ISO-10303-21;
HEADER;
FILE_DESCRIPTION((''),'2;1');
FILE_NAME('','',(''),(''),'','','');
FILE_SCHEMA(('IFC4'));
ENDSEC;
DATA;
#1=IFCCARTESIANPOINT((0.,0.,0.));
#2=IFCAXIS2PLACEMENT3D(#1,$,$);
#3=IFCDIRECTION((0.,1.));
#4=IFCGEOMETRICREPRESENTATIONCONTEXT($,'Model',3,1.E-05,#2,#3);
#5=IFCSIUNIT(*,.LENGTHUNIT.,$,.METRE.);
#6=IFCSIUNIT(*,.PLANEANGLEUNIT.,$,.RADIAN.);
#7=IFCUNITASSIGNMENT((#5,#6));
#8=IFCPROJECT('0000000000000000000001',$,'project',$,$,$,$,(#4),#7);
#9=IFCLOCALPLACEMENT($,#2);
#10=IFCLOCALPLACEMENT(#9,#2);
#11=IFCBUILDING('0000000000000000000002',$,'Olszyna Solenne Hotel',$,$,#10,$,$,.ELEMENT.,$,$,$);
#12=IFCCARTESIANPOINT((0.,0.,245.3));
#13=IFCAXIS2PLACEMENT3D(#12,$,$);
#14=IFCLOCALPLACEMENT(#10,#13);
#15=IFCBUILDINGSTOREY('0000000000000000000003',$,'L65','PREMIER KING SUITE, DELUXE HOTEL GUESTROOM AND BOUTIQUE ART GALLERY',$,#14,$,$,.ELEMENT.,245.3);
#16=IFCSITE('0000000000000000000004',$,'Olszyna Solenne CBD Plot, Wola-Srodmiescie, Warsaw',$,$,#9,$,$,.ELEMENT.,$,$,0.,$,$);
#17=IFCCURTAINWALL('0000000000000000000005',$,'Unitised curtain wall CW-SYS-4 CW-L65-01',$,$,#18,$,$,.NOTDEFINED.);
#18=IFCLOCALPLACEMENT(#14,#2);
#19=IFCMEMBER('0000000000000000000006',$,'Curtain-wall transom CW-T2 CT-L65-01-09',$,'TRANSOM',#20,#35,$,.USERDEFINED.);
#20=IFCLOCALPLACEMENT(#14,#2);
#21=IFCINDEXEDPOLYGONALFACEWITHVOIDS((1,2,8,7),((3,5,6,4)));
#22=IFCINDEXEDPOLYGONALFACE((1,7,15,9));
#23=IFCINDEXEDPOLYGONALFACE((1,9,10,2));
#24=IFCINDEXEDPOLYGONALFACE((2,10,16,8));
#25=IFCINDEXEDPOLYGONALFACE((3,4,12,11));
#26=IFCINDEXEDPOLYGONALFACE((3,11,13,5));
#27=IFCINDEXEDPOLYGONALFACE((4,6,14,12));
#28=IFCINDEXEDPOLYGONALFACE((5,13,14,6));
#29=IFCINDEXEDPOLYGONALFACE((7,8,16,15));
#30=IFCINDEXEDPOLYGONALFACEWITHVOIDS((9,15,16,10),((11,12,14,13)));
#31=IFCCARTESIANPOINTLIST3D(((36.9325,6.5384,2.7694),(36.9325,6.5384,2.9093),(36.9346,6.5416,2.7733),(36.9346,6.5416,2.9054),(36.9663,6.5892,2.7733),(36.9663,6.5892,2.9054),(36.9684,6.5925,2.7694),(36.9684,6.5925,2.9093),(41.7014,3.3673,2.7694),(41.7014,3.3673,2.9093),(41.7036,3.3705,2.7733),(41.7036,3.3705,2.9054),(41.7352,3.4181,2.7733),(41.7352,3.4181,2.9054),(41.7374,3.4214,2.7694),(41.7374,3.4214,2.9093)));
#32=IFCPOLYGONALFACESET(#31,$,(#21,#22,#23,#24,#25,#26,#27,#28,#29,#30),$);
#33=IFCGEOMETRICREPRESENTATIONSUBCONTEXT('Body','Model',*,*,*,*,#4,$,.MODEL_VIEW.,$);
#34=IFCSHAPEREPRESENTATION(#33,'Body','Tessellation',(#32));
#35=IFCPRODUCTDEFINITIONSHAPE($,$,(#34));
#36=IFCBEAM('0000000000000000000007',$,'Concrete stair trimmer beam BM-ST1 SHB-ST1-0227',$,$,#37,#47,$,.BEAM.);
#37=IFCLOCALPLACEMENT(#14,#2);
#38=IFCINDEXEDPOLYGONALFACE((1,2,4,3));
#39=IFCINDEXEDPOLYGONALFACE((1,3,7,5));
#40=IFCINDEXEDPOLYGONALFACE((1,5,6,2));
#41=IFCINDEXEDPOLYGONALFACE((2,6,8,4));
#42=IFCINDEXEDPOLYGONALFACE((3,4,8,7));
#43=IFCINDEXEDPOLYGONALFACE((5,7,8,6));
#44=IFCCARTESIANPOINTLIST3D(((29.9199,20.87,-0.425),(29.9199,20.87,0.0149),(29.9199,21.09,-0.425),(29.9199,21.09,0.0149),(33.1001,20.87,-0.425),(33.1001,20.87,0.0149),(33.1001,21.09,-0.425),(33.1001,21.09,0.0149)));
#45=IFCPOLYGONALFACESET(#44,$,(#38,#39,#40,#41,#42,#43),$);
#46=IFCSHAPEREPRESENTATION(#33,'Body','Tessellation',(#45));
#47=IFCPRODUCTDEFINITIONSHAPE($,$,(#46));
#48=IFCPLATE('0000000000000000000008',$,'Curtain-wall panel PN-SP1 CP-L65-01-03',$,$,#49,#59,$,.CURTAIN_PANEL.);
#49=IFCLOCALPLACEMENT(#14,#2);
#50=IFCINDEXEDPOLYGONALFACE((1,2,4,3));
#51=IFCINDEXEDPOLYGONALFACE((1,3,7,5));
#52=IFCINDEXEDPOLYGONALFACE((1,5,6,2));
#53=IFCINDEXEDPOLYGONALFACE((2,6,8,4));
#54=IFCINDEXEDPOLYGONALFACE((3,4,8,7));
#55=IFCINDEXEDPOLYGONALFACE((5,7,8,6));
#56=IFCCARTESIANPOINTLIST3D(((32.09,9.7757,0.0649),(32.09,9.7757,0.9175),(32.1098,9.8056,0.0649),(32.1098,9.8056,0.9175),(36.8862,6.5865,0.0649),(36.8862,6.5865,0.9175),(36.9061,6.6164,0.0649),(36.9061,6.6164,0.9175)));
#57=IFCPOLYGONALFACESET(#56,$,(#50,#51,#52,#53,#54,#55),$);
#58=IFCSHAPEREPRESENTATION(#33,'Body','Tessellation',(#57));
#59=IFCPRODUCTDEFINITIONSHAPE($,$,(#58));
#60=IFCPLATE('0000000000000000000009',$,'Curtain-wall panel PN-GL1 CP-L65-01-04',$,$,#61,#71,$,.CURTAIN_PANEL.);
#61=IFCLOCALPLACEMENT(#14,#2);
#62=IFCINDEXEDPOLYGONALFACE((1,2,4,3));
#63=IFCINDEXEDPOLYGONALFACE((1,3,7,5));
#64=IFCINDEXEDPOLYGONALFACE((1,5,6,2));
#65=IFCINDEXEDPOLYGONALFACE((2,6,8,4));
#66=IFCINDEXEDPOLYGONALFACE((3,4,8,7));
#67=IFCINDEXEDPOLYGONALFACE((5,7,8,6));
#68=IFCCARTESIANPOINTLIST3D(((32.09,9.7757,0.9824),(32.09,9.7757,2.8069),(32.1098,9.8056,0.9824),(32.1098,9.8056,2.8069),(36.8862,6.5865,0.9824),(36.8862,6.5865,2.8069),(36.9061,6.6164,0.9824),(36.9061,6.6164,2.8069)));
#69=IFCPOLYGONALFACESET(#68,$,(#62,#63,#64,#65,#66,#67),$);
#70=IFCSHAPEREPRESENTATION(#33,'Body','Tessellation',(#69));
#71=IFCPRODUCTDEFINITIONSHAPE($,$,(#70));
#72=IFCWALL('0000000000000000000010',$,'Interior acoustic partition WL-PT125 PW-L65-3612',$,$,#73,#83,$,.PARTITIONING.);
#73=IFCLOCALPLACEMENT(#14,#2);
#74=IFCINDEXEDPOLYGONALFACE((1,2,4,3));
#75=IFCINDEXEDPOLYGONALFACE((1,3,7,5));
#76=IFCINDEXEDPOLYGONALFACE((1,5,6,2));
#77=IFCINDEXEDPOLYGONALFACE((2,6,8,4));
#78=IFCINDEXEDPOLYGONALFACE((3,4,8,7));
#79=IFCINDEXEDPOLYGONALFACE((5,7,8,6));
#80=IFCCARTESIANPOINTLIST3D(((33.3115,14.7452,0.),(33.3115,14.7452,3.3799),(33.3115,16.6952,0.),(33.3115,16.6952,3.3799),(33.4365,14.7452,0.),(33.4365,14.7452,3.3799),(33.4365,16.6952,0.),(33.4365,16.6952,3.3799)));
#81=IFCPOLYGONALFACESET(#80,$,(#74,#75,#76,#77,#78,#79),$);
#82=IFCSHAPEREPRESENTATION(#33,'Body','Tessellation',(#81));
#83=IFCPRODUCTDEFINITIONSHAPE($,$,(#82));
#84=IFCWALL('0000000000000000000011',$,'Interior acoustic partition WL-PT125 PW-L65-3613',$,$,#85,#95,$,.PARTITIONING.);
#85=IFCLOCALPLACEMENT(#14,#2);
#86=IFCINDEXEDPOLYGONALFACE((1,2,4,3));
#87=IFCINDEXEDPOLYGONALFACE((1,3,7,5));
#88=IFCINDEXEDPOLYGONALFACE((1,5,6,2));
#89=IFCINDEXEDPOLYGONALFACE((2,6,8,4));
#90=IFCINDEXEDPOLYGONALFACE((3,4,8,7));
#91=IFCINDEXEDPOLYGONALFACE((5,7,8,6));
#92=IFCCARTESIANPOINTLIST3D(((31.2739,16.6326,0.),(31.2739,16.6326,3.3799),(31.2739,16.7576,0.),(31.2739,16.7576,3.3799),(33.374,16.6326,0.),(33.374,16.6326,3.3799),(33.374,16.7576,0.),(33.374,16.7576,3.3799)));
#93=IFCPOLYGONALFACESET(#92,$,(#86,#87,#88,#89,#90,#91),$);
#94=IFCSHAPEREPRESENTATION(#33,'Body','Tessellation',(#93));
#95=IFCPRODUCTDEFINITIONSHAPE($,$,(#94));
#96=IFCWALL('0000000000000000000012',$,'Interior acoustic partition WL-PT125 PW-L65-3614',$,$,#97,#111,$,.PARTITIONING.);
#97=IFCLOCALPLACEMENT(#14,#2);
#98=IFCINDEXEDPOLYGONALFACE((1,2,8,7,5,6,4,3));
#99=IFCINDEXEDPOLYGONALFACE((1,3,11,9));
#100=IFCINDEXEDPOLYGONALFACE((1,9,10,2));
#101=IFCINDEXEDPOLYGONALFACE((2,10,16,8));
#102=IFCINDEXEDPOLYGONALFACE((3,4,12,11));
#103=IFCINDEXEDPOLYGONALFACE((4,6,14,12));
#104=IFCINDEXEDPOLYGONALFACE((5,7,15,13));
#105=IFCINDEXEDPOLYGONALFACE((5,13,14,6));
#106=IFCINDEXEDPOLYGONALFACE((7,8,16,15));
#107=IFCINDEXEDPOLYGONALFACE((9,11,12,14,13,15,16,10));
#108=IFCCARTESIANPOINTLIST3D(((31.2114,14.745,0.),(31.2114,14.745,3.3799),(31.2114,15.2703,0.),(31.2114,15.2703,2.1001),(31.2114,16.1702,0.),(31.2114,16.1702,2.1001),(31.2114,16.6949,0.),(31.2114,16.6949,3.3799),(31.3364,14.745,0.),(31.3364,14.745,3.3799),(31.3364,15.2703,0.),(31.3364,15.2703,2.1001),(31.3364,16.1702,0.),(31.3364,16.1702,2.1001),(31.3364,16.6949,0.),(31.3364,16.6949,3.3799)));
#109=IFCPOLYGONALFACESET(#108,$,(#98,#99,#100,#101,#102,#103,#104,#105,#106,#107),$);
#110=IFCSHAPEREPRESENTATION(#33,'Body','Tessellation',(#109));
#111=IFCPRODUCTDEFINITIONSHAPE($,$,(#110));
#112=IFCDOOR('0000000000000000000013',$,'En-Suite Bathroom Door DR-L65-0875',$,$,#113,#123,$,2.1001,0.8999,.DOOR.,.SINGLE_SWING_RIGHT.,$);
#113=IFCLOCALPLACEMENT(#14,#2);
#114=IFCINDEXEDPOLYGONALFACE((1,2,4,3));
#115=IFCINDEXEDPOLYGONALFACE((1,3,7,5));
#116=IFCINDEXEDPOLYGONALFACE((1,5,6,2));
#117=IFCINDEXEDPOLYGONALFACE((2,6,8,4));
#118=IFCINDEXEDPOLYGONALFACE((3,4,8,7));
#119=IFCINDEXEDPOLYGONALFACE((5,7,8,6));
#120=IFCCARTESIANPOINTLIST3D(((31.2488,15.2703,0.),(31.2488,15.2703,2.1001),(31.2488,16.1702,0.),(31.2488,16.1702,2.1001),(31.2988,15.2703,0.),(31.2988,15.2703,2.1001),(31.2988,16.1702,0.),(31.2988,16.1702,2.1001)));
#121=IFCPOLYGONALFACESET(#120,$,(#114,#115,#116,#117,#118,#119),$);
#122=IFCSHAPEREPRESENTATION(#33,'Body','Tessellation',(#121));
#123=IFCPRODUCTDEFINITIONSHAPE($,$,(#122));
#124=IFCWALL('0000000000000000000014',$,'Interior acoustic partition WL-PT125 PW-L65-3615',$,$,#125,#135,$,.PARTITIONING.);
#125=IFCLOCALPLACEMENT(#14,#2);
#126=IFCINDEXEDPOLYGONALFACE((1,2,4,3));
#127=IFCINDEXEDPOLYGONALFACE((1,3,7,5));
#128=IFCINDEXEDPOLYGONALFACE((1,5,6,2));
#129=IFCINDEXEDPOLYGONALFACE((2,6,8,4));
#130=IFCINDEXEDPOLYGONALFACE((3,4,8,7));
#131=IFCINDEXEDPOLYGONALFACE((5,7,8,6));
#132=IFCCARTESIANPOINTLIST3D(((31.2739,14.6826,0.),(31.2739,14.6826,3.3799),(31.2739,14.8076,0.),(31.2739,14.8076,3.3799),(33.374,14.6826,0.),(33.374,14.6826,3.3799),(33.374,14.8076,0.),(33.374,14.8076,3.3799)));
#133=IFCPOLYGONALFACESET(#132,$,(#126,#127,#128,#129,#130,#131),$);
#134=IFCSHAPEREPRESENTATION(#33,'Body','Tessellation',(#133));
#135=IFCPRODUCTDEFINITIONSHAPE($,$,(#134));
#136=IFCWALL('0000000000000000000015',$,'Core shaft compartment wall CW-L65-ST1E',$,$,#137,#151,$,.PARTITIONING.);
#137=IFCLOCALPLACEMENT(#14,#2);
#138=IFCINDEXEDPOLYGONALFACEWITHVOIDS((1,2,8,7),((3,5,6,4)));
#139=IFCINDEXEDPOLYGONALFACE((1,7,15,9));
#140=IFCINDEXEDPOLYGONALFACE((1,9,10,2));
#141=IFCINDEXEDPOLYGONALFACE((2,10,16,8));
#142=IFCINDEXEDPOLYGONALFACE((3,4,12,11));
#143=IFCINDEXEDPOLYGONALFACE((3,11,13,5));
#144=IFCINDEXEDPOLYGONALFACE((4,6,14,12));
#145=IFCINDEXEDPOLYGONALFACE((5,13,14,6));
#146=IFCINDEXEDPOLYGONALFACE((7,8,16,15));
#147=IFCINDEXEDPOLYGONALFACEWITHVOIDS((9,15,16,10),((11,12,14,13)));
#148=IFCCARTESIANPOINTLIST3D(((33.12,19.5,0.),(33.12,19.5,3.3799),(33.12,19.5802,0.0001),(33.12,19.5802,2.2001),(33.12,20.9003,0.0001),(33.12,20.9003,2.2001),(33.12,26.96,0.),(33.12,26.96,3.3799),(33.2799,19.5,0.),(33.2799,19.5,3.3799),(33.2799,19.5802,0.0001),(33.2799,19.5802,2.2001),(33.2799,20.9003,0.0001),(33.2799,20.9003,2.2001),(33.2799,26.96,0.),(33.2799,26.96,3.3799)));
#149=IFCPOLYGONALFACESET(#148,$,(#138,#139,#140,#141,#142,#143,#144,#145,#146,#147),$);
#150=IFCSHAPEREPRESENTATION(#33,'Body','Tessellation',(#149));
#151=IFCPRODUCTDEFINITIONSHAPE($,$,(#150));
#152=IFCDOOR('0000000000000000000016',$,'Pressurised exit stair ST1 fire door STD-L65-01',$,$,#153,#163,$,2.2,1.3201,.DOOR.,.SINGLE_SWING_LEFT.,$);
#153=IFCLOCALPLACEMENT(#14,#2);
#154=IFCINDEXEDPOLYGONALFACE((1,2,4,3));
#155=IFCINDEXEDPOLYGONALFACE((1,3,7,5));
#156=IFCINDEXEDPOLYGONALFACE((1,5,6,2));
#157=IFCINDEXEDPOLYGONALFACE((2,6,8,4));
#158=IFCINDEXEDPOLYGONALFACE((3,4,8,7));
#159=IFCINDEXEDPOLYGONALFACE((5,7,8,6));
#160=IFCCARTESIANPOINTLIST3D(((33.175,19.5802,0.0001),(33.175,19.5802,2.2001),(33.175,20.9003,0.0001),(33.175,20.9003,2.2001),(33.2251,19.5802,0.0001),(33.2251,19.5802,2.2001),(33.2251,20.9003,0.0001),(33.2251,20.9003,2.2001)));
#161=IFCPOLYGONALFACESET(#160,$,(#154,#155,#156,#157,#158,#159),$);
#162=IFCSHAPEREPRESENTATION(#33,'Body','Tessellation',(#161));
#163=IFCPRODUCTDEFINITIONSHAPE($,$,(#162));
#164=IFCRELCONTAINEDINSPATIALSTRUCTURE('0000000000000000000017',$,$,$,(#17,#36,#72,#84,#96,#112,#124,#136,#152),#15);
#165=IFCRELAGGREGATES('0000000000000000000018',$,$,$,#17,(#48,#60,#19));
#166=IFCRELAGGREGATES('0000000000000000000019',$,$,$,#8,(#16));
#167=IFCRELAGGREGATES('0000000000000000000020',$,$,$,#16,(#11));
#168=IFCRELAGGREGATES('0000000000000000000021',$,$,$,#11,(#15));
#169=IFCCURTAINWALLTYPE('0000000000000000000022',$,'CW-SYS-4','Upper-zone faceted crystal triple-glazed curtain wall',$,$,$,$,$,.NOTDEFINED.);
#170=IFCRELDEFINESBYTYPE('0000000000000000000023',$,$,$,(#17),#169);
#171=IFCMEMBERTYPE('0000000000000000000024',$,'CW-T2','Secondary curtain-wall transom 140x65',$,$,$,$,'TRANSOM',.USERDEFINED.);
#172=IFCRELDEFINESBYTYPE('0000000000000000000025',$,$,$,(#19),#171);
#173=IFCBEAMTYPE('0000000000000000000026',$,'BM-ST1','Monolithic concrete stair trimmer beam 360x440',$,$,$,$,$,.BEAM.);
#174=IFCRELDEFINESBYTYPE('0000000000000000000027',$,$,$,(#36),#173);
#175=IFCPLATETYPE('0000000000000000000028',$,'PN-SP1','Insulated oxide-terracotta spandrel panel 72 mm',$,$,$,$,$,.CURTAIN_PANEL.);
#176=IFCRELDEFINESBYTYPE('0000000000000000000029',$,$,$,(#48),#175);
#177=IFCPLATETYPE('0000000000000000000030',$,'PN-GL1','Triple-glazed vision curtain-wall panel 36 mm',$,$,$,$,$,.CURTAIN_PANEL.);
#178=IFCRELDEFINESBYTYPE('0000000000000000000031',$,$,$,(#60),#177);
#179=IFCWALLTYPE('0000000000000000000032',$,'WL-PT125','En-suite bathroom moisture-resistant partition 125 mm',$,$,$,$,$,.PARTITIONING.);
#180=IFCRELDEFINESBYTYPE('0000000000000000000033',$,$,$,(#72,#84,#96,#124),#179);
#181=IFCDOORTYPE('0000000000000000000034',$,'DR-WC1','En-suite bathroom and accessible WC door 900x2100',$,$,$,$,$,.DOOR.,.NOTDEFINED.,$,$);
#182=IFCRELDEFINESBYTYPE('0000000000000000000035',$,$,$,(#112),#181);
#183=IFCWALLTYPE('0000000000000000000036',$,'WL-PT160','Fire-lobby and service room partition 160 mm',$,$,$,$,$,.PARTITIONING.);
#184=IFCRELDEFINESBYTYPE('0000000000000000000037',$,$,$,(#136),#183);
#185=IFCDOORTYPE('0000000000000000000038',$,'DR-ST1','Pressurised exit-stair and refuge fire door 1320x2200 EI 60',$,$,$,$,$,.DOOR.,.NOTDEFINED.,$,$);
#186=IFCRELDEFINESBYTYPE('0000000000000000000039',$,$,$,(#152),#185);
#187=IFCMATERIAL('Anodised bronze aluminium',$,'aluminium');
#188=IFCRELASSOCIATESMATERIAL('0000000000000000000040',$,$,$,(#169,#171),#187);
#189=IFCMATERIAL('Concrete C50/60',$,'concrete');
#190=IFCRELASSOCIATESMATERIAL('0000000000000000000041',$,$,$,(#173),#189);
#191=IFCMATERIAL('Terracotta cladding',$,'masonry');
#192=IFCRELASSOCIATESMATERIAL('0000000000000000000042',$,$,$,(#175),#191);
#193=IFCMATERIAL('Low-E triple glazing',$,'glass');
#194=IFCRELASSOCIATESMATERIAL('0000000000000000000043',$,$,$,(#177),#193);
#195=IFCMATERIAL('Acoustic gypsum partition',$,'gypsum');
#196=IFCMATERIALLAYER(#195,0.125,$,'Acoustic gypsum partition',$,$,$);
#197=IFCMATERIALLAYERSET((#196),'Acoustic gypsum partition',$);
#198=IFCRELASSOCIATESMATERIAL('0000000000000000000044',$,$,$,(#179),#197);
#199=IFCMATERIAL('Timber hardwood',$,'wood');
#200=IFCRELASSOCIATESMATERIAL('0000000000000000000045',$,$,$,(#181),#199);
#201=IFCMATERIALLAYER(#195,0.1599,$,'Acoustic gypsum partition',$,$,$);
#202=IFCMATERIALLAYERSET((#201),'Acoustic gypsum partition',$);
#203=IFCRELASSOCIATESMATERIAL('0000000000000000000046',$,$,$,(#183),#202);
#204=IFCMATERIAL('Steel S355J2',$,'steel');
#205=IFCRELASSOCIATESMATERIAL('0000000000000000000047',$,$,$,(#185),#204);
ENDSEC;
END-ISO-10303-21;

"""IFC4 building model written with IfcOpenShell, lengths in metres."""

from ifc_helpers import new_model, si_unit, direction, frame, frame_2d, origin, origin_2d, place, context, subcontext, project, spatial, rectangle, hollow_rectangle, extrude, source, transform, mapped, material, layer, layer_set, material_profile, profile_set, type_object, type_shapes, element, fill, aggregate, save


model = new_model("IFC4")

# Units and contexts
model_context = context("Model", 3, precision=1e-05, world=origin(), true_north=direction((0.0, 1.0)))
body_context = subcontext(model_context, "Body", "Model", "MODEL_VIEW")
ifc_project = project(units=[si_unit("LENGTHUNIT", "METRE"), si_unit("PLANEANGLEUNIT", "RADIAN")], contexts=[model_context])

# Site, building, storey
site_placement = place(None, origin())
site = spatial("IfcSite", under=ifc_project, at=site_placement, Name="Olszyna Solenne CBD Plot, Wola-Srodmiescie, Warsaw", CompositionType="ELEMENT", RefElevation=0.0)
building_placement = place(site_placement, origin())
building = spatial("IfcBuilding", under=site, at=building_placement, Name="Olszyna Solenne Hotel", CompositionType="ELEMENT")
storey_placement = place(building_placement, frame((0.0, 0.0, 245.3)))
storey = spatial("IfcBuildingStorey", under=building, at=storey_placement, Name="L65", Description="PREMIER KING SUITE, DELUXE HOTEL GUESTROOM AND BOUTIQUE ART GALLERY", CompositionType="ELEMENT", Elevation=245.3)

# Shared definitions
ifc_material_1 = material(Name="Steel S355J2", Category="steel")

# Curtain wall, member
ifc_material_2 = material(Name="Anodised bronze aluminium", Category="aluminium")
curtain_wall_type = type_object("IfcCurtainWallType", Name="CW-SYS-4", Description="Upper-zone faceted crystal triple-glazed curtain wall", PredefinedType="NOTDEFINED", material=ifc_material_2)
curtain_wall_placement = place(storey_placement, origin())
curtain_wall = element("IfcCurtainWall", 1, at=curtain_wall_placement, inside=storey, type_object=curtain_wall_type, Name="Unitised curtain wall CW-SYS-4 CW-L65-01", PredefinedType="NOTDEFINED")
ifc_material_profile_1 = material_profile(ifc_material_2, hollow_rectangle(XDim=0.0649, YDim=0.1399, WallThickness=0.0039, at=origin_2d()), Name="TRAN 140x65x4", Category="load-bearing")
ifc_profile_set_1 = profile_set([ifc_material_profile_1], Name="Anodised bronze aluminium")
member_type_1 = type_object("IfcMemberType", Name="CW-T2", Description="Secondary curtain-wall transom 140x65", ElementType="TRANSOM", PredefinedType="USERDEFINED", material=ifc_profile_set_1)
shared_shape_1 = source(origin(), body_context, "Body", "SweptSolid", [
    extrude(hollow_rectangle(XDim=0.0649, YDim=0.1399, WallThickness=0.0039, at=origin_2d()), origin(), (0.0, 0.0, 1.0), 5.7271),
])
member_1_placement = place(storey_placement, frame((36.9504, 6.5654, 2.8394), z_axis=(0.832712, -0.553706, 0.0), x_axis=(0.553706, 0.832712, 0.0)))
member_1 = element("IfcMember", 2, at=member_1_placement, type_object=member_type_1, Name="Curtain-wall transom CW-T2 CT-L65-01-09", ObjectType="TRANSOM", PredefinedType="USERDEFINED", context=body_context, shape_type="MappedRepresentation", body=[
    mapped(shared_shape_1, transform((0.0, 0.0, 0.0), x_axis=(1.0, 0.0, 0.0), y_axis=(0.0, 1.0, 0.0), z_axis=(0.0, 0.0, 1.0), scale=1.0)),
])

# Beam
ifc_material_3 = material(Name="Concrete C50/60", Category="concrete")
ifc_material_profile_2 = material_profile(ifc_material_3, rectangle(XDim=0.22, YDim=0.4399, at=origin_2d()), Name="RC 220x440", Category="load-bearing")
ifc_profile_set_2 = profile_set([ifc_material_profile_2], Name="Concrete C50/60")
beam_type_1 = type_object("IfcBeamType", Name="BM-ST1", Description="Monolithic concrete stair trimmer beam 360x440", PredefinedType="BEAM", material=ifc_profile_set_2)
shared_shape_2 = source(origin(), body_context, "Body", "SweptSolid", [
    extrude(rectangle(XDim=0.22, YDim=0.4399, at=origin_2d()), origin(), (0.0, 0.0, 1.0), 3.1802),
])
beam_1_placement = place(storey_placement, frame((33.1001, 20.98, -0.2051), z_axis=(-1.0, 0.0, 0.0), x_axis=(0.0, -1.0, 0.0)))
element("IfcBeam", 3, at=beam_1_placement, inside=storey, type_object=beam_type_1, Name="Concrete stair trimmer beam BM-ST1 SHB-ST1-0227", PredefinedType="BEAM", context=body_context, shape_type="MappedRepresentation", body=[
    mapped(shared_shape_2, transform((0.0, 0.0, 0.0), x_axis=(1.0, 0.0, 0.0), y_axis=(0.0, 1.0, 0.0), z_axis=(0.0, 0.0, 1.0), scale=1.0)),
])

# Plates
ifc_material_4 = material(Name="Terracotta cladding", Category="masonry")
plate_type_1 = type_object("IfcPlateType", Name="PN-SP1", Description="Insulated oxide-terracotta spandrel panel 72 mm", PredefinedType="CURTAIN_PANEL", material=ifc_material_4)
shared_shape_3 = source(origin(), body_context, "Body", "SweptSolid", [
    extrude(rectangle(XDim=5.7598, YDim=0.0359, at=origin_2d()), origin(), (0.0, 0.0, 1.0), 0.8525),
])
plate_1_placement = place(storey_placement, frame((34.498, 8.196, 0.0649), z_axis=(0.0, 0.0, 1.0), x_axis=(0.83272, -0.553695, 0.0)))
plate_1 = element("IfcPlate", 4, at=plate_1_placement, type_object=plate_type_1, Name="Curtain-wall panel PN-SP1 CP-L65-01-03", PredefinedType="CURTAIN_PANEL", context=body_context, shape_type="MappedRepresentation", body=[
    mapped(shared_shape_3, transform((0.0, 0.0, 0.0), x_axis=(1.0, 0.0, 0.0), y_axis=(0.0, 1.0, 0.0), z_axis=(0.0, 0.0, 1.0), scale=1.0)),
])
ifc_material_5 = material(Name="Low-E triple glazing", Category="glass")
plate_type_2 = type_object("IfcPlateType", Name="PN-GL1", Description="Triple-glazed vision curtain-wall panel 36 mm", PredefinedType="CURTAIN_PANEL", material=ifc_material_5)
shared_shape_4 = source(origin(), body_context, "Body", "SweptSolid", [
    extrude(rectangle(XDim=5.7598, YDim=0.0359, at=origin_2d()), origin(), (0.0, 0.0, 1.0), 1.8245),
])
plate_2_placement = place(storey_placement, frame((34.498, 8.196, 0.9824), z_axis=(0.0, 0.0, 1.0), x_axis=(0.83272, -0.553695, 0.0)))
plate_2 = element("IfcPlate", 5, at=plate_2_placement, type_object=plate_type_2, Name="Curtain-wall panel PN-GL1 CP-L65-01-04", PredefinedType="CURTAIN_PANEL", context=body_context, shape_type="MappedRepresentation", body=[
    mapped(shared_shape_4, transform((0.0, 0.0, 0.0), x_axis=(1.0, 0.0, 0.0), y_axis=(0.0, 1.0, 0.0), z_axis=(0.0, 0.0, 1.0), scale=1.0)),
])
aggregate(curtain_wall, [plate_1, plate_2, member_1])

# Walls
ifc_material_6 = material(Name="Acoustic gypsum partition", Category="gypsum")
ifc_layer_1 = layer(ifc_material_6, 0.125, Name="Acoustic gypsum partition")
ifc_layer_set_1 = layer_set([ifc_layer_1], Name="Acoustic gypsum partition")
wall_type_1 = type_object("IfcWallType", Name="WL-PT125", Description="En-suite bathroom moisture-resistant partition 125 mm", PredefinedType="PARTITIONING", material=ifc_layer_set_1)
wall_1_placement = place(storey_placement, frame((33.374, 14.7451, 0.0), z_axis=(0.0, 0.0, 1.0), x_axis=(0.0, 1.0, 0.0)))
element("IfcWall", 6, at=wall_1_placement, inside=storey, type_object=wall_type_1, Name="Interior acoustic partition WL-PT125 PW-L65-3612", PredefinedType="PARTITIONING", context=body_context, shape_type="SweptSolid", body=[
    extrude(rectangle(XDim=1.95, YDim=0.125, at=frame_2d((0.9751, 0.0))), origin(), (0.0, 0.0, 1.0), 3.3799),
])
wall_2_placement = place(storey_placement, frame((33.374, 16.6951, 0.0), z_axis=(0.0, 0.0, 1.0), x_axis=(-1.0, 0.0, 0.0)))
element("IfcWall", 7, at=wall_2_placement, inside=storey, type_object=wall_type_1, Name="Interior acoustic partition WL-PT125 PW-L65-3613", PredefinedType="PARTITIONING", context=body_context, shape_type="SweptSolid", body=[
    extrude(rectangle(XDim=2.1001, YDim=0.125, at=frame_2d((1.05, 0.0))), origin(), (0.0, 0.0, 1.0), 3.3799),
])

# Wall, opening, door
wall_3_placement = place(storey_placement, frame((31.2739, 16.6951, 0.0), z_axis=(0.0, 0.0, 1.0), x_axis=(0.0, -1.0, 0.0)))
wall_3 = element("IfcWall", 8, at=wall_3_placement, inside=storey, type_object=wall_type_1, Name="Interior acoustic partition WL-PT125 PW-L65-3614", PredefinedType="PARTITIONING", context=body_context, shape_type="SweptSolid", body=[
    extrude(rectangle(XDim=1.95, YDim=0.125, at=frame_2d((0.9751, 0.0))), origin(), (0.0, 0.0, 1.0), 3.3799),
])
opening_1_placement = place(wall_3_placement, frame((0.5249, 0.0, 0.0)))
opening_1 = element("IfcOpeningElement", 9, at=opening_1_placement, cuts=wall_3, PredefinedType="OPENING", context=body_context, shape_type="SweptSolid", body=[
    extrude(rectangle(XDim=0.8999, YDim=2.1001, at=frame_2d((0.45, 1.05))), frame((0.0, 0.0725, 0.0), z_axis=(0.0, -1.0, 0.0), x_axis=(1.0, 0.0, 0.0)), (0.0, 0.0, 1.0), 0.145),
])
ifc_material_7 = material(Name="Timber hardwood", Category="wood")
door_type_1 = type_object("IfcDoorType", Name="DR-WC1", Description="En-suite bathroom and accessible WC door 900x2100", OperationType="NOTDEFINED", PredefinedType="DOOR", material=ifc_material_7)
shared_shape_5 = source(origin(), body_context, "Body", "SweptSolid", [
    extrude(rectangle(XDim=0.8999, YDim=2.1001, at=frame_2d((0.45, 1.05))), frame((0.0, 0.0249, 0.0), z_axis=(0.0, -1.0, 0.0), x_axis=(1.0, 0.0, 0.0)), (0.0, 0.0, 1.0), 0.05),
])
type_shapes(door_type_1, [shared_shape_5])
door_1_placement = place(opening_1_placement, origin())
door_1 = element("IfcDoor", 10, at=door_1_placement, inside=storey, type_object=door_type_1, Name="En-Suite Bathroom Door DR-L65-0875", OperationType="SINGLE_SWING_RIGHT", OverallHeight=2.1001, OverallWidth=0.8999, PredefinedType="DOOR", context=body_context, shape_type="MappedRepresentation", body=[
    mapped(shared_shape_5, transform((0.0, 0.0, 0.0), x_axis=(1.0, 0.0, 0.0), y_axis=(0.0, 1.0, 0.0), z_axis=(0.0, 0.0, 1.0), scale=1.0)),
])
fill(opening_1, door_1)

# Wall
wall_4_placement = place(storey_placement, frame((31.2739, 14.7451, 0.0), z_axis=(0.0, 0.0, 1.0), x_axis=(1.0, 0.0, 0.0)))
element("IfcWall", 11, at=wall_4_placement, inside=storey, type_object=wall_type_1, Name="Interior acoustic partition WL-PT125 PW-L65-3615", PredefinedType="PARTITIONING", context=body_context, shape_type="SweptSolid", body=[
    extrude(rectangle(XDim=2.1001, YDim=0.125, at=frame_2d((1.05, 0.0))), origin(), (0.0, 0.0, 1.0), 3.3799),
])

# Wall, opening, door
ifc_layer_2 = layer(ifc_material_6, 0.1599, Name="Acoustic gypsum partition")
ifc_layer_set_2 = layer_set([ifc_layer_2], Name="Acoustic gypsum partition")
wall_type_2 = type_object("IfcWallType", Name="WL-PT160", Description="Fire-lobby and service room partition 160 mm", PredefinedType="PARTITIONING", material=ifc_layer_set_2)
wall_5_placement = place(storey_placement, frame((33.2, 19.5, 0.0), z_axis=(0.0, 0.0, 1.0), x_axis=(0.0, 1.0, 0.0)))
wall_5 = element("IfcWall", 12, at=wall_5_placement, inside=storey, type_object=wall_type_2, Name="Core shaft compartment wall CW-L65-ST1E", PredefinedType="PARTITIONING", context=body_context, shape_type="SweptSolid", body=[
    extrude(rectangle(XDim=7.46, YDim=0.1599, at=frame_2d((3.73, 0.0))), origin(), (0.0, 0.0, 1.0), 3.3799),
])
opening_2_placement = place(wall_5_placement, frame((0.0801, 0.0, 0.0)))
opening_2 = element("IfcOpeningElement", 13, at=opening_2_placement, cuts=wall_5, PredefinedType="OPENING", context=body_context, shape_type="SweptSolid", body=[
    extrude(rectangle(XDim=1.3201, YDim=2.2, at=frame_2d((0.6602, 1.1001))), frame((0.0, 0.0898, 0.0), z_axis=(0.0, -1.0, 0.0), x_axis=(1.0, 0.0, 0.0)), (0.0, 0.0, 1.0), 0.1799),
])
door_type_2 = type_object("IfcDoorType", Name="DR-ST1", Description="Pressurised exit-stair and refuge fire door 1320x2200 EI 60", OperationType="NOTDEFINED", PredefinedType="DOOR", material=ifc_material_1)
shared_shape_6 = source(origin(), body_context, "Body", "SweptSolid", [
    extrude(rectangle(XDim=1.3201, YDim=2.2, at=frame_2d((0.6602, 1.1001))), frame((0.0, 0.0249, 0.0), z_axis=(0.0, -1.0, 0.0), x_axis=(1.0, 0.0, 0.0)), (0.0, 0.0, 1.0), 0.05),
])
type_shapes(door_type_2, [shared_shape_6])
door_2_placement = place(opening_2_placement, origin())
door_2 = element("IfcDoor", 14, at=door_2_placement, inside=storey, type_object=door_type_2, Name="Pressurised exit stair ST1 fire door STD-L65-01", OperationType="SINGLE_SWING_LEFT", OverallHeight=2.2, OverallWidth=1.3201, PredefinedType="DOOR", context=body_context, shape_type="MappedRepresentation", body=[
    mapped(shared_shape_6, transform((0.0, 0.0, 0.0), x_axis=(1.0, 0.0, 0.0), y_axis=(0.0, 1.0, 0.0), z_axis=(0.0, 0.0, 1.0), scale=1.0)),
])
fill(opening_2, door_2)

save(model, "model.ifc")
